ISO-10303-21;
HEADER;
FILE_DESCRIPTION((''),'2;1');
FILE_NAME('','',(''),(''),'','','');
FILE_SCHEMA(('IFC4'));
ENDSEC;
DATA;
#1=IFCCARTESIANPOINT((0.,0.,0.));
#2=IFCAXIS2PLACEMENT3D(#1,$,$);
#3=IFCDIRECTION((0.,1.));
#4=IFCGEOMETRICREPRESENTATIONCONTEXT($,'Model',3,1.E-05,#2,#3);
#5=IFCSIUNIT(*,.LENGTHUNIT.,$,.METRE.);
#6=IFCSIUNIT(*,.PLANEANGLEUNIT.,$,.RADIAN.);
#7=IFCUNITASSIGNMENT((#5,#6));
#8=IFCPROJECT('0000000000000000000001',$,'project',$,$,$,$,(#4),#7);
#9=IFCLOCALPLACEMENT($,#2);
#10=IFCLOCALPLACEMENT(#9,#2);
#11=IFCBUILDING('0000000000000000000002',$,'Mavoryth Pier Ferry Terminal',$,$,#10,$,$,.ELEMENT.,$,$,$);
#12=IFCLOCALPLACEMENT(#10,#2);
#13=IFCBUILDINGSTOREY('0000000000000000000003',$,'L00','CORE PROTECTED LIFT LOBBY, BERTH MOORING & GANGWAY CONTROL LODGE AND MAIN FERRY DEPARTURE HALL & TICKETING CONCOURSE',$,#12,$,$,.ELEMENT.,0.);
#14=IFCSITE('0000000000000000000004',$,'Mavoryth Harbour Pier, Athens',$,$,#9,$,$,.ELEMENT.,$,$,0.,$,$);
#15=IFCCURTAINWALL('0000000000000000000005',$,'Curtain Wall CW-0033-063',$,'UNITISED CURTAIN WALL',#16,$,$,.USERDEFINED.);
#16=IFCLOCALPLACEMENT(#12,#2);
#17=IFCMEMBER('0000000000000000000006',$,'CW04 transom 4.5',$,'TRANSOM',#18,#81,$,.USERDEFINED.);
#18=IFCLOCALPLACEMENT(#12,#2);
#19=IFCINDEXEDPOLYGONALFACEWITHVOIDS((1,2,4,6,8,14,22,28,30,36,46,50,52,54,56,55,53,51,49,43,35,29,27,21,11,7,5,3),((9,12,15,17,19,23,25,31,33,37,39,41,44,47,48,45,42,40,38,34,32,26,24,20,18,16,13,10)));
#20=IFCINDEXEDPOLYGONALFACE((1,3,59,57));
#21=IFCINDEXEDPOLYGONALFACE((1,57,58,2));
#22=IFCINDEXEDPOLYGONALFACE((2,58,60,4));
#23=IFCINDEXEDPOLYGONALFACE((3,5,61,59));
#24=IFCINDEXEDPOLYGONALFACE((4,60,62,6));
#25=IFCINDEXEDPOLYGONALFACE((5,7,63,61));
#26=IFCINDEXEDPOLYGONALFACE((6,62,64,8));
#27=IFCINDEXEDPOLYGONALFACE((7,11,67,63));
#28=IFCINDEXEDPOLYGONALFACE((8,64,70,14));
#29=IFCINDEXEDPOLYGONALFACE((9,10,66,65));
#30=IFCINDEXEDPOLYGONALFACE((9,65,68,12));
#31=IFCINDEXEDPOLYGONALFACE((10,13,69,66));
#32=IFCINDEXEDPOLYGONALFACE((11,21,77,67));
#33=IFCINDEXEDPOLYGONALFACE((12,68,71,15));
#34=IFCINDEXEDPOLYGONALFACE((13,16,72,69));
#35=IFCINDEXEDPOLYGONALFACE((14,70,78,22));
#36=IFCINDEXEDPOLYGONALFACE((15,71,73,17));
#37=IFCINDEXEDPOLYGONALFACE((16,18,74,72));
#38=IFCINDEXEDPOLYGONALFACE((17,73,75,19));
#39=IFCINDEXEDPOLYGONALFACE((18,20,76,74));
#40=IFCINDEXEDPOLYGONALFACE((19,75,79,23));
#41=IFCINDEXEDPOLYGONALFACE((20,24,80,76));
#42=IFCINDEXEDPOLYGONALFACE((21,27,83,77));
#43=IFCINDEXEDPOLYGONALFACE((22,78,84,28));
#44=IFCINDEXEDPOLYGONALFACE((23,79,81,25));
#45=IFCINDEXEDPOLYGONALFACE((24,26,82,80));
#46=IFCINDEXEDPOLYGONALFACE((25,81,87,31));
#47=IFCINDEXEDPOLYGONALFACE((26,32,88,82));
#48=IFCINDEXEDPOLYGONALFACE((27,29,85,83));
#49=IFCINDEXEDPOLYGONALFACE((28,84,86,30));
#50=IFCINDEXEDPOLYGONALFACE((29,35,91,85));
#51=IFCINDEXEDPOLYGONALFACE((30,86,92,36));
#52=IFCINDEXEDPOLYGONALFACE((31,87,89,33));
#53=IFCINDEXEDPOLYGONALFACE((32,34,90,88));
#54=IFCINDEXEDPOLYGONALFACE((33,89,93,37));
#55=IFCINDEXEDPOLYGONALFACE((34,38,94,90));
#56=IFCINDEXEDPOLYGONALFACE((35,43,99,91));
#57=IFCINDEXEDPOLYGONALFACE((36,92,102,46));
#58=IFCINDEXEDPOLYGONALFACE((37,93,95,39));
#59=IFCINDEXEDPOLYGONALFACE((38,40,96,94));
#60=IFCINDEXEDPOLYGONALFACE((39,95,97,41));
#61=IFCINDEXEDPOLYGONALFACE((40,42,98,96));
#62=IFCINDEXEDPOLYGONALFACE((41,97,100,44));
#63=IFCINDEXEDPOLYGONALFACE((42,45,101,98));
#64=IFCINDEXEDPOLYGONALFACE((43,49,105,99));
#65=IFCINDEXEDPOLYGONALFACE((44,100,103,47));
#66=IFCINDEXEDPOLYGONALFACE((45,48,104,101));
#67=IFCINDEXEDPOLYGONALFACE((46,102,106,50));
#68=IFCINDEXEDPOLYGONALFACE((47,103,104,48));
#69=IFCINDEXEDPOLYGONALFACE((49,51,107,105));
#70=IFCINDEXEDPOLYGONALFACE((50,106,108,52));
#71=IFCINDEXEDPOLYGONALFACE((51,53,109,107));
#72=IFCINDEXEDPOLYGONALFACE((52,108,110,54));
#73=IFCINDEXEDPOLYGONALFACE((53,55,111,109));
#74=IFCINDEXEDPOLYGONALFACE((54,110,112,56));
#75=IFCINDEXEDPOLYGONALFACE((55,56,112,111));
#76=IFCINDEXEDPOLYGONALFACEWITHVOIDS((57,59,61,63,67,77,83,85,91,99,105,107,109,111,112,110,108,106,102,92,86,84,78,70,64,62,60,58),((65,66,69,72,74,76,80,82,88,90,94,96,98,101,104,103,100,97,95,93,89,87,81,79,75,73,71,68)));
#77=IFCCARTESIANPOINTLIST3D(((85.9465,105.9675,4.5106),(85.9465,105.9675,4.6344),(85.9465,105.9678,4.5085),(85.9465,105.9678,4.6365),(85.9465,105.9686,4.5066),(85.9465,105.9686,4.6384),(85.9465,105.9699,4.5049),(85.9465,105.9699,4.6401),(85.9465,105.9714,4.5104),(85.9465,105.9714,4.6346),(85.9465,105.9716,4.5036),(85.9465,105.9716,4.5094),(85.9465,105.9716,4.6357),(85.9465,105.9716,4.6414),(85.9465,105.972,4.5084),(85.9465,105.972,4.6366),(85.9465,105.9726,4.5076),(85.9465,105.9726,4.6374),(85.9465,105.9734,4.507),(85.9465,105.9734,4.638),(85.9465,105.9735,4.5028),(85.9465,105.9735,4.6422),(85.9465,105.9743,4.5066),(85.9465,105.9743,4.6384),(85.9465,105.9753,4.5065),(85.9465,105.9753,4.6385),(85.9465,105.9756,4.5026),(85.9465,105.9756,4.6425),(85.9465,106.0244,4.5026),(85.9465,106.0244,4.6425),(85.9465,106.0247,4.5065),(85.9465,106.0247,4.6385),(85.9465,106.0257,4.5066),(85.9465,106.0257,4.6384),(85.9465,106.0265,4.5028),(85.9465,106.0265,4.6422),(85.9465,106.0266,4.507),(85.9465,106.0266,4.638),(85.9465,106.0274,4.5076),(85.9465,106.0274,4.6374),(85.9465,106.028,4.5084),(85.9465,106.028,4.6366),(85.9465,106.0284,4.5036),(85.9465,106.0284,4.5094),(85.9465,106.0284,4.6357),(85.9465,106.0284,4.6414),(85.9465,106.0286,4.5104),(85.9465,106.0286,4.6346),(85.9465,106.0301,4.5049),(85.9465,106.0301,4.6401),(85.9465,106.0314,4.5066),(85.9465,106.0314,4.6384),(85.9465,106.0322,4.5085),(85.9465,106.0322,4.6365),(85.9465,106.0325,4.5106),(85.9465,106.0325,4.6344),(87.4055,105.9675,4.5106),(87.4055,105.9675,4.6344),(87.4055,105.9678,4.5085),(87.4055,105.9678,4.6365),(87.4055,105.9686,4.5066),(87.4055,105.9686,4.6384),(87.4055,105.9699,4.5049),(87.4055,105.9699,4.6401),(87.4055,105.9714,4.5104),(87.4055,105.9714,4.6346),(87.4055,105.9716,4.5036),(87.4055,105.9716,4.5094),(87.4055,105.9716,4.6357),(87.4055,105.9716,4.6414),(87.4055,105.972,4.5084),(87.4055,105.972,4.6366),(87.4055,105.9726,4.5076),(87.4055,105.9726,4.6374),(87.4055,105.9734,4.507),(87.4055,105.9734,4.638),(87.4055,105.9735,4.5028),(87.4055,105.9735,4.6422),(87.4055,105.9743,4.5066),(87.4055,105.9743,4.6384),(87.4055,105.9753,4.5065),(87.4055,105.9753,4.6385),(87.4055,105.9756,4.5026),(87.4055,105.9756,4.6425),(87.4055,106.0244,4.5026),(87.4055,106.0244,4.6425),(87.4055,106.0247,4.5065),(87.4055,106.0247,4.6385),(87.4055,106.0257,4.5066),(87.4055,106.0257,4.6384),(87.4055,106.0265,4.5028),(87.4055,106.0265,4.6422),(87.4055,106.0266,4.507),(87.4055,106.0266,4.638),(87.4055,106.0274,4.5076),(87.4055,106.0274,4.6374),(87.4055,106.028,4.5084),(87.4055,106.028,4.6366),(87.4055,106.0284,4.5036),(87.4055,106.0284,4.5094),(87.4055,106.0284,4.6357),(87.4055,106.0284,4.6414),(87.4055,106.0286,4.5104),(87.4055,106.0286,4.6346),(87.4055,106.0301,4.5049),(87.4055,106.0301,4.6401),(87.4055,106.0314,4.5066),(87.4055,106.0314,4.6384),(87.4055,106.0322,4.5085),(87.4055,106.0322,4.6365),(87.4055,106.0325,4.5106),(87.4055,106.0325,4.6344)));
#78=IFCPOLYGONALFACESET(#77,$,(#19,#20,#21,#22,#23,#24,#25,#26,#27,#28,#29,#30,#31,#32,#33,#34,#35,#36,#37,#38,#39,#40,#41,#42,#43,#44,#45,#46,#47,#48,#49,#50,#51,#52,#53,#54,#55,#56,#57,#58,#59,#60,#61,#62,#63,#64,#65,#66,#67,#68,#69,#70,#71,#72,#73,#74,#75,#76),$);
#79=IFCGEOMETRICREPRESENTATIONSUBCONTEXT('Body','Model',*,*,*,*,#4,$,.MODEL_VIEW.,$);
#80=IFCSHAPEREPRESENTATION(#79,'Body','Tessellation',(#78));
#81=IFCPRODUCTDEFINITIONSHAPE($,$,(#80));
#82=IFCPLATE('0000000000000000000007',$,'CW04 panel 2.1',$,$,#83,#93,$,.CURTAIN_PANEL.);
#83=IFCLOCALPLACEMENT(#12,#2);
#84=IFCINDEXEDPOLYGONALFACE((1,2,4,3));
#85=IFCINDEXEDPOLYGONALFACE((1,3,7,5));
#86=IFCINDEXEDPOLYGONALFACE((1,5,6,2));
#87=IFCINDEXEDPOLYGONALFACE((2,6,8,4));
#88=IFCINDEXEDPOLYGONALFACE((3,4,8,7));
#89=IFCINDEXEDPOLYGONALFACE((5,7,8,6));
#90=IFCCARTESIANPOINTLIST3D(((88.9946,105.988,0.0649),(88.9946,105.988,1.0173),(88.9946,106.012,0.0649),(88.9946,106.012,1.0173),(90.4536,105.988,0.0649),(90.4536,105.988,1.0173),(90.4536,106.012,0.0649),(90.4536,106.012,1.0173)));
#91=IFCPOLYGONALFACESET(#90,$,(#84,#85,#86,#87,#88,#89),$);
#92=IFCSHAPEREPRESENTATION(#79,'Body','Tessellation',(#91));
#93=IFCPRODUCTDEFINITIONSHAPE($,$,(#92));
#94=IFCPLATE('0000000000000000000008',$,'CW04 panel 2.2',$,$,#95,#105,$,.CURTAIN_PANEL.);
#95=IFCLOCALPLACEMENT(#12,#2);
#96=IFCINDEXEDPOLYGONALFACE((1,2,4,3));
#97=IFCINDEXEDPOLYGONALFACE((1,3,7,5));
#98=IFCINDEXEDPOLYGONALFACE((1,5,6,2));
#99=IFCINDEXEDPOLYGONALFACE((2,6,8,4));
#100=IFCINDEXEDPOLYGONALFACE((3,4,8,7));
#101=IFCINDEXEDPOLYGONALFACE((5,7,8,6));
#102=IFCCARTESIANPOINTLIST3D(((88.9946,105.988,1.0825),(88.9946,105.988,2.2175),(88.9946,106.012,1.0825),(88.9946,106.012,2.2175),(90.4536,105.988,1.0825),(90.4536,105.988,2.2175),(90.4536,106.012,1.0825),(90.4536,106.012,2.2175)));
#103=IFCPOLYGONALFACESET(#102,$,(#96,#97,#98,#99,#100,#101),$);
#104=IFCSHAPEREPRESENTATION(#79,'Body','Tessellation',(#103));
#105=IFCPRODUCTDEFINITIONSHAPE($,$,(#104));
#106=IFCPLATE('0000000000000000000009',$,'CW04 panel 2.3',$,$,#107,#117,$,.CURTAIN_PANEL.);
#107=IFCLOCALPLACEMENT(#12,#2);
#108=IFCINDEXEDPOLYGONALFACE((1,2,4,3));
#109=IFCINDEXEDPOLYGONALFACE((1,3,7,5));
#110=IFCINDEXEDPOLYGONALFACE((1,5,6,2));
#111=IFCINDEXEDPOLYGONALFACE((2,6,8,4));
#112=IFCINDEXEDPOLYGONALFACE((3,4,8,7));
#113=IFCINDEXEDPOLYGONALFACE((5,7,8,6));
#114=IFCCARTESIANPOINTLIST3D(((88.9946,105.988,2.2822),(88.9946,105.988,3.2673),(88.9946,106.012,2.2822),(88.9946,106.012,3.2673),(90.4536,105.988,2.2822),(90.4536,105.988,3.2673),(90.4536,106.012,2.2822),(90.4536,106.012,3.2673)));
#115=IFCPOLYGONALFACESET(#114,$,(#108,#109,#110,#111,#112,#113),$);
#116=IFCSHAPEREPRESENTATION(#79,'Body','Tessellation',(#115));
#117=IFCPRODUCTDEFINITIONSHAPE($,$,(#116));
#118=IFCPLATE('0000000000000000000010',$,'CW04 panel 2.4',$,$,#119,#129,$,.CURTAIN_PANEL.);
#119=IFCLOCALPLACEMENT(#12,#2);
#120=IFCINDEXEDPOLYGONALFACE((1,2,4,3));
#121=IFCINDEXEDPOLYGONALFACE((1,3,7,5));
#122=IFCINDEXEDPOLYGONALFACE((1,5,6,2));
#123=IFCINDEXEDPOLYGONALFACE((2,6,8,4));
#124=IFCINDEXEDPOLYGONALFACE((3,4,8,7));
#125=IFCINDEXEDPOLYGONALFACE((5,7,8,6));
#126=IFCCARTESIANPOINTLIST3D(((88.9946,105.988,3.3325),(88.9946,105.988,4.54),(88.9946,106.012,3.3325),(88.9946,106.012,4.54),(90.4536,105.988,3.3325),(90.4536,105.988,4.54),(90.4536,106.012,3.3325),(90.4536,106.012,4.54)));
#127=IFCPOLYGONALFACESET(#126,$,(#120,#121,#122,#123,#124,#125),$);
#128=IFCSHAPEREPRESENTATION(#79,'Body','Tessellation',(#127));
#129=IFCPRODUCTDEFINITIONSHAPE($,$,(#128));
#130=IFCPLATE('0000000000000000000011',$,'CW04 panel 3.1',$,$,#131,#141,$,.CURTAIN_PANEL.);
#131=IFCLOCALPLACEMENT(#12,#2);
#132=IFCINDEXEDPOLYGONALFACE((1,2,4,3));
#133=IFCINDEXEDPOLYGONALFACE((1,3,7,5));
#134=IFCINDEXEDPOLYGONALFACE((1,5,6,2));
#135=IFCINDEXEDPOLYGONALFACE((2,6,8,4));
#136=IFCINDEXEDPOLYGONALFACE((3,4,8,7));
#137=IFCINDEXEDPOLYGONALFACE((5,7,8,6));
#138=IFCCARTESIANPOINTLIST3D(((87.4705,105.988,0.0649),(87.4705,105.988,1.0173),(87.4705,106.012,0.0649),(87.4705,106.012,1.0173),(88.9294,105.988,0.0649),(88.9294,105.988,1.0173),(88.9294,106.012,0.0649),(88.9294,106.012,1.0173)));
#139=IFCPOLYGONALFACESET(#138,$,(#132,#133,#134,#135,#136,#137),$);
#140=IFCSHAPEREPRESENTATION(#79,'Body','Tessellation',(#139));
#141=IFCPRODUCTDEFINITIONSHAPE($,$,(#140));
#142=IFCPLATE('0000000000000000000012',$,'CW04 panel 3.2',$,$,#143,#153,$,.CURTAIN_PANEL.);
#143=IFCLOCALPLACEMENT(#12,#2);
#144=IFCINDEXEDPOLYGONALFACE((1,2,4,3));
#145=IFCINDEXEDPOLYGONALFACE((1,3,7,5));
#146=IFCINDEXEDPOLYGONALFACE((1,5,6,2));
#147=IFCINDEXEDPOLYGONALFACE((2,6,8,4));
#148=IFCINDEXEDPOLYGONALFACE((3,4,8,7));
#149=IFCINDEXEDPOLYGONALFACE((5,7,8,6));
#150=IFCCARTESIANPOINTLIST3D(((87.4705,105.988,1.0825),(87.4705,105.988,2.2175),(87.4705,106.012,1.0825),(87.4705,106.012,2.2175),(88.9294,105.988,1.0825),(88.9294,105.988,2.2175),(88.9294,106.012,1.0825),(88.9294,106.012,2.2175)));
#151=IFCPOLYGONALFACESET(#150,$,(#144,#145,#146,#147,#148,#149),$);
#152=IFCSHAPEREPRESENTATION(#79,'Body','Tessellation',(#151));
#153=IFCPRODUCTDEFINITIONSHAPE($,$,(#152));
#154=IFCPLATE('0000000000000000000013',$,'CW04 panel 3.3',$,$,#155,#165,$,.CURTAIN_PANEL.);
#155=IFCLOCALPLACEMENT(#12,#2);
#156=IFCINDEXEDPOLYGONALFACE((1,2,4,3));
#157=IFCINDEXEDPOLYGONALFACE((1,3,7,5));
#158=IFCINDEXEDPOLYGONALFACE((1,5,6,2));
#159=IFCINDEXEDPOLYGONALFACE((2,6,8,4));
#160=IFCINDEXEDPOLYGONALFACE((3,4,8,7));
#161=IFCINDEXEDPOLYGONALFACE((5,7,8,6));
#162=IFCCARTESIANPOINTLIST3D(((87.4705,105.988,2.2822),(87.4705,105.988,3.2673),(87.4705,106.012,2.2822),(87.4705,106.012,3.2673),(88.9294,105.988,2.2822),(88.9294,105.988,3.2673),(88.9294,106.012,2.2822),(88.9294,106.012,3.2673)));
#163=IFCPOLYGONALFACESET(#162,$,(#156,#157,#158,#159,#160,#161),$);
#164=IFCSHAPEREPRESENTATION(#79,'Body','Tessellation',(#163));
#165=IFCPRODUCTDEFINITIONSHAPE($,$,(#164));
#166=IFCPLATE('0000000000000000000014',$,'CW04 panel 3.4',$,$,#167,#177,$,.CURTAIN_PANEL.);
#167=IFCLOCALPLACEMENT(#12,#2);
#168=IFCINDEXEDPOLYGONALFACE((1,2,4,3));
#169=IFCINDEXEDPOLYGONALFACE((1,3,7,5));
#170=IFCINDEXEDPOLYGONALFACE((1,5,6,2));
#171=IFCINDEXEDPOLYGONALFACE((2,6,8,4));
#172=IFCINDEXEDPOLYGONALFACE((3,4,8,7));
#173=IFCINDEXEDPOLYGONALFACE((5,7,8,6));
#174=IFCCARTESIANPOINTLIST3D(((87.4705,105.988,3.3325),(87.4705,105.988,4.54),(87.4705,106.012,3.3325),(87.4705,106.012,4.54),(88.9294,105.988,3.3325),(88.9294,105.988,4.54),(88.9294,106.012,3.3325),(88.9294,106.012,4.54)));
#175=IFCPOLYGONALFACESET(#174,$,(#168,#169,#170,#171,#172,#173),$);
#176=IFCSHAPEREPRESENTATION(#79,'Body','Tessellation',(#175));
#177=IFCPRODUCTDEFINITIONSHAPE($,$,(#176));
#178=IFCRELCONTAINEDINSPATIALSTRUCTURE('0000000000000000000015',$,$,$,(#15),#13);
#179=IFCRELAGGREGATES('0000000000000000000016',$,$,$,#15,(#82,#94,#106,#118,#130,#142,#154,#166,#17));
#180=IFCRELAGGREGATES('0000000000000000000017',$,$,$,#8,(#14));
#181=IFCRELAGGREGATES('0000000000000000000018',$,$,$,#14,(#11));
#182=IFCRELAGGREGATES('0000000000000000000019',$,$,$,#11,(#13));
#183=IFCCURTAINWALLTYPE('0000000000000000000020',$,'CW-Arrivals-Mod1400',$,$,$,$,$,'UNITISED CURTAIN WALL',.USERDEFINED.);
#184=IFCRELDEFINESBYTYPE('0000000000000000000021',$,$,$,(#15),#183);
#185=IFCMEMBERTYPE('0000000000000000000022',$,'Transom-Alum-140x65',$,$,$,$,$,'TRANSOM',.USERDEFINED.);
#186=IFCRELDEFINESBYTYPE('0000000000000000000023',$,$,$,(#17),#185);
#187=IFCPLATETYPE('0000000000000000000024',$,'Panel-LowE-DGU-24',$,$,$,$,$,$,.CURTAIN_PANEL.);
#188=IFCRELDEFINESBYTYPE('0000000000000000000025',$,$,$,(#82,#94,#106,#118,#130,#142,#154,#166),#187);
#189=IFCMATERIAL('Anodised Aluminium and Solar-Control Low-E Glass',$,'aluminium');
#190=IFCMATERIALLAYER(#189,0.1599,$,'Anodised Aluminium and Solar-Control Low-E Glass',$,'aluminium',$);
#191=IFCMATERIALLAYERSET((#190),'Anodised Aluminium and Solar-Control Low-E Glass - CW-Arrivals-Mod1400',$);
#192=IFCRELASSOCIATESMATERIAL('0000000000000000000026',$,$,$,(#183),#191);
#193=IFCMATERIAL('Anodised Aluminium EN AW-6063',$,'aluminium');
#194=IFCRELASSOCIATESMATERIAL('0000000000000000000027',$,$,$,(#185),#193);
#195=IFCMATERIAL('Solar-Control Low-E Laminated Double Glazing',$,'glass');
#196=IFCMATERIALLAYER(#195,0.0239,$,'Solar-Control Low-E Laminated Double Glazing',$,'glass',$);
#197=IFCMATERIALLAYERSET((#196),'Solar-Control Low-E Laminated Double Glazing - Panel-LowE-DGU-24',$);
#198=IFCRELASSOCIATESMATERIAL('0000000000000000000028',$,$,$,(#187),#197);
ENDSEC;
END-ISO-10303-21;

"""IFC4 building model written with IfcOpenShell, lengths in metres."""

from ifc_helpers import new_model, si_unit, direction, frame, origin, origin_2d, place, context, subcontext, project, spatial, rectangle, hollow_rectangle, extrude, material, layer, layer_set, material_profile, profile_set, type_object, element, aggregate, save


model = new_model("IFC4")

# Units and contexts
model_context = context("Model", 3, precision=1e-05, world=origin(), true_north=direction((0.0, 1.0)))
body_context = subcontext(model_context, "Body", "Model", "MODEL_VIEW")
ifc_project = project(units=[si_unit("LENGTHUNIT", "METRE"), si_unit("PLANEANGLEUNIT", "RADIAN")], contexts=[model_context])

# Site, building, storey
site_placement = place(None, origin())
site = spatial("IfcSite", under=ifc_project, at=site_placement, Name="Mavoryth Harbour Pier, Athens", CompositionType="ELEMENT", RefElevation=0.0)
building_placement = place(site_placement, origin())
building = spatial("IfcBuilding", under=site, at=building_placement, Name="Mavoryth Pier Ferry Terminal", CompositionType="ELEMENT")
storey_placement = place(building_placement, origin())
storey = spatial("IfcBuildingStorey", under=building, at=storey_placement, Name="L00", Description="CORE PROTECTED LIFT LOBBY, BERTH MOORING & GANGWAY CONTROL LODGE AND MAIN FERRY DEPARTURE HALL & TICKETING CONCOURSE", CompositionType="ELEMENT", Elevation=0.0)

# Curtain wall, member, plates
ifc_material_1 = material(Name="Anodised Aluminium and Solar-Control Low-E Glass", Category="aluminium")
ifc_layer_1 = layer(ifc_material_1, 0.1599, Name="Anodised Aluminium and Solar-Control Low-E Glass", Category="aluminium")
ifc_layer_set_1 = layer_set([ifc_layer_1], Name="Anodised Aluminium and Solar-Control Low-E Glass - CW-Arrivals-Mod1400")
curtain_wall_type = type_object("IfcCurtainWallType", Name="CW-Arrivals-Mod1400", ElementType="UNITISED CURTAIN WALL", PredefinedType="USERDEFINED", material=ifc_layer_set_1)
curtain_wall_placement = place(storey_placement, origin())
curtain_wall = element("IfcCurtainWall", 1, at=curtain_wall_placement, inside=storey, type_object=curtain_wall_type, Name="Curtain Wall CW-0033-063", ObjectType="UNITISED CURTAIN WALL", PredefinedType="USERDEFINED")
ifc_material_2 = material(Name="Anodised Aluminium EN AW-6063", Category="aluminium")
ifc_material_profile_1 = material_profile(ifc_material_2, hollow_rectangle(XDim=0.0649, YDim=0.1399, WallThickness=0.0039, InnerFilletRadius=0.0039, OuterFilletRadius=0.0081, at=origin_2d()), Name="AL-TRAN 140x65x4", Category="aluminium")
ifc_profile_set_1 = profile_set([ifc_material_profile_1], Name="Anodised Aluminium EN AW-6063 - AL-TRAN 140x65x4")
member_type_1 = type_object("IfcMemberType", Name="Transom-Alum-140x65", ElementType="TRANSOM", PredefinedType="USERDEFINED", material=ifc_profile_set_1)
member_1_placement = place(storey_placement, frame((87.4055, 106.0, 4.5725), z_axis=(-1.0, 0.0, 0.0), x_axis=(0.0, -1.0, 0.0)))
member_1 = element("IfcMember", 2, at=member_1_placement, type_object=member_type_1, Name="CW04 transom 4.5", ObjectType="TRANSOM", PredefinedType="USERDEFINED", context=body_context, shape_type="SweptSolid", body=[
    extrude(hollow_rectangle(XDim=0.0649, YDim=0.1399, WallThickness=0.0039, InnerFilletRadius=0.0039, OuterFilletRadius=0.0081, at=origin_2d()), origin(), (0.0, 0.0, 1.0), 1.459),
])
ifc_material_3 = material(Name="Solar-Control Low-E Laminated Double Glazing", Category="glass")
ifc_layer_2 = layer(ifc_material_3, 0.0239, Name="Solar-Control Low-E Laminated Double Glazing", Category="glass")
ifc_layer_set_2 = layer_set([ifc_layer_2], Name="Solar-Control Low-E Laminated Double Glazing - Panel-LowE-DGU-24")
plate_type = type_object("IfcPlateType", Name="Panel-LowE-DGU-24", PredefinedType="CURTAIN_PANEL", material=ifc_layer_set_2)
plate_1_placement = place(storey_placement, frame((89.7241, 106.0, 0.0649), z_axis=(0.0, 0.0, 1.0), x_axis=(-1.0, 0.0, 0.0)))
plate_1 = element("IfcPlate", 3, at=plate_1_placement, type_object=plate_type, Name="CW04 panel 2.1", PredefinedType="CURTAIN_PANEL", context=body_context, shape_type="SweptSolid", body=[
    extrude(rectangle(XDim=1.459, YDim=0.0239, at=origin_2d()), origin(), (0.0, 0.0, 1.0), 0.9524),
])
plate_2_placement = place(storey_placement, frame((89.7241, 106.0, 1.0825), z_axis=(0.0, 0.0, 1.0), x_axis=(-1.0, 0.0, 0.0)))
plate_2 = element("IfcPlate", 4, at=plate_2_placement, type_object=plate_type, Name="CW04 panel 2.2", PredefinedType="CURTAIN_PANEL", context=body_context, shape_type="SweptSolid", body=[
    extrude(rectangle(XDim=1.459, YDim=0.0239, at=origin_2d()), origin(), (0.0, 0.0, 1.0), 1.135),
])
plate_3_placement = place(storey_placement, frame((89.7241, 106.0, 2.2822), z_axis=(0.0, 0.0, 1.0), x_axis=(-1.0, 0.0, 0.0)))
plate_3 = element("IfcPlate", 5, at=plate_3_placement, type_object=plate_type, Name="CW04 panel 2.3", PredefinedType="CURTAIN_PANEL", context=body_context, shape_type="SweptSolid", body=[
    extrude(rectangle(XDim=1.459, YDim=0.0239, at=origin_2d()), origin(), (0.0, 0.0, 1.0), 0.9851),
])
plate_4_placement = place(storey_placement, frame((89.7241, 106.0, 3.3325), z_axis=(0.0, 0.0, 1.0), x_axis=(-1.0, 0.0, 0.0)))
plate_4 = element("IfcPlate", 6, at=plate_4_placement, type_object=plate_type, Name="CW04 panel 2.4", PredefinedType="CURTAIN_PANEL", context=body_context, shape_type="SweptSolid", body=[
    extrude(rectangle(XDim=1.459, YDim=0.0239, at=origin_2d()), origin(), (0.0, 0.0, 1.0), 1.2075),
])
plate_5_placement = place(storey_placement, frame((88.2, 106.0, 0.0649), z_axis=(0.0, 0.0, 1.0), x_axis=(-1.0, 0.0, 0.0)))
plate_5 = element("IfcPlate", 7, at=plate_5_placement, type_object=plate_type, Name="CW04 panel 3.1", PredefinedType="CURTAIN_PANEL", context=body_context, shape_type="SweptSolid", body=[
    extrude(rectangle(XDim=1.459, YDim=0.0239, at=origin_2d()), origin(), (0.0, 0.0, 1.0), 0.9524),
])
plate_6_placement = place(storey_placement, frame((88.2, 106.0, 1.0825), z_axis=(0.0, 0.0, 1.0), x_axis=(-1.0, 0.0, 0.0)))
plate_6 = element("IfcPlate", 8, at=plate_6_placement, type_object=plate_type, Name="CW04 panel 3.2", PredefinedType="CURTAIN_PANEL", context=body_context, shape_type="SweptSolid", body=[
    extrude(rectangle(XDim=1.459, YDim=0.0239, at=origin_2d()), origin(), (0.0, 0.0, 1.0), 1.135),
])
plate_7_placement = place(storey_placement, frame((88.2, 106.0, 2.2822), z_axis=(0.0, 0.0, 1.0), x_axis=(-1.0, 0.0, 0.0)))
plate_7 = element("IfcPlate", 9, at=plate_7_placement, type_object=plate_type, Name="CW04 panel 3.3", PredefinedType="CURTAIN_PANEL", context=body_context, shape_type="SweptSolid", body=[
    extrude(rectangle(XDim=1.459, YDim=0.0239, at=origin_2d()), origin(), (0.0, 0.0, 1.0), 0.9851),
])
plate_8_placement = place(storey_placement, frame((88.2, 106.0, 3.3325), z_axis=(0.0, 0.0, 1.0), x_axis=(-1.0, 0.0, 0.0)))
plate_8 = element("IfcPlate", 10, at=plate_8_placement, type_object=plate_type, Name="CW04 panel 3.4", PredefinedType="CURTAIN_PANEL", context=body_context, shape_type="SweptSolid", body=[
    extrude(rectangle(XDim=1.459, YDim=0.0239, at=origin_2d()), origin(), (0.0, 0.0, 1.0), 1.2075),
])
aggregate(curtain_wall, [plate_1, plate_2, plate_3, plate_4, plate_5, plate_6, plate_7, plate_8, member_1])

save(model, "model.ifc")
